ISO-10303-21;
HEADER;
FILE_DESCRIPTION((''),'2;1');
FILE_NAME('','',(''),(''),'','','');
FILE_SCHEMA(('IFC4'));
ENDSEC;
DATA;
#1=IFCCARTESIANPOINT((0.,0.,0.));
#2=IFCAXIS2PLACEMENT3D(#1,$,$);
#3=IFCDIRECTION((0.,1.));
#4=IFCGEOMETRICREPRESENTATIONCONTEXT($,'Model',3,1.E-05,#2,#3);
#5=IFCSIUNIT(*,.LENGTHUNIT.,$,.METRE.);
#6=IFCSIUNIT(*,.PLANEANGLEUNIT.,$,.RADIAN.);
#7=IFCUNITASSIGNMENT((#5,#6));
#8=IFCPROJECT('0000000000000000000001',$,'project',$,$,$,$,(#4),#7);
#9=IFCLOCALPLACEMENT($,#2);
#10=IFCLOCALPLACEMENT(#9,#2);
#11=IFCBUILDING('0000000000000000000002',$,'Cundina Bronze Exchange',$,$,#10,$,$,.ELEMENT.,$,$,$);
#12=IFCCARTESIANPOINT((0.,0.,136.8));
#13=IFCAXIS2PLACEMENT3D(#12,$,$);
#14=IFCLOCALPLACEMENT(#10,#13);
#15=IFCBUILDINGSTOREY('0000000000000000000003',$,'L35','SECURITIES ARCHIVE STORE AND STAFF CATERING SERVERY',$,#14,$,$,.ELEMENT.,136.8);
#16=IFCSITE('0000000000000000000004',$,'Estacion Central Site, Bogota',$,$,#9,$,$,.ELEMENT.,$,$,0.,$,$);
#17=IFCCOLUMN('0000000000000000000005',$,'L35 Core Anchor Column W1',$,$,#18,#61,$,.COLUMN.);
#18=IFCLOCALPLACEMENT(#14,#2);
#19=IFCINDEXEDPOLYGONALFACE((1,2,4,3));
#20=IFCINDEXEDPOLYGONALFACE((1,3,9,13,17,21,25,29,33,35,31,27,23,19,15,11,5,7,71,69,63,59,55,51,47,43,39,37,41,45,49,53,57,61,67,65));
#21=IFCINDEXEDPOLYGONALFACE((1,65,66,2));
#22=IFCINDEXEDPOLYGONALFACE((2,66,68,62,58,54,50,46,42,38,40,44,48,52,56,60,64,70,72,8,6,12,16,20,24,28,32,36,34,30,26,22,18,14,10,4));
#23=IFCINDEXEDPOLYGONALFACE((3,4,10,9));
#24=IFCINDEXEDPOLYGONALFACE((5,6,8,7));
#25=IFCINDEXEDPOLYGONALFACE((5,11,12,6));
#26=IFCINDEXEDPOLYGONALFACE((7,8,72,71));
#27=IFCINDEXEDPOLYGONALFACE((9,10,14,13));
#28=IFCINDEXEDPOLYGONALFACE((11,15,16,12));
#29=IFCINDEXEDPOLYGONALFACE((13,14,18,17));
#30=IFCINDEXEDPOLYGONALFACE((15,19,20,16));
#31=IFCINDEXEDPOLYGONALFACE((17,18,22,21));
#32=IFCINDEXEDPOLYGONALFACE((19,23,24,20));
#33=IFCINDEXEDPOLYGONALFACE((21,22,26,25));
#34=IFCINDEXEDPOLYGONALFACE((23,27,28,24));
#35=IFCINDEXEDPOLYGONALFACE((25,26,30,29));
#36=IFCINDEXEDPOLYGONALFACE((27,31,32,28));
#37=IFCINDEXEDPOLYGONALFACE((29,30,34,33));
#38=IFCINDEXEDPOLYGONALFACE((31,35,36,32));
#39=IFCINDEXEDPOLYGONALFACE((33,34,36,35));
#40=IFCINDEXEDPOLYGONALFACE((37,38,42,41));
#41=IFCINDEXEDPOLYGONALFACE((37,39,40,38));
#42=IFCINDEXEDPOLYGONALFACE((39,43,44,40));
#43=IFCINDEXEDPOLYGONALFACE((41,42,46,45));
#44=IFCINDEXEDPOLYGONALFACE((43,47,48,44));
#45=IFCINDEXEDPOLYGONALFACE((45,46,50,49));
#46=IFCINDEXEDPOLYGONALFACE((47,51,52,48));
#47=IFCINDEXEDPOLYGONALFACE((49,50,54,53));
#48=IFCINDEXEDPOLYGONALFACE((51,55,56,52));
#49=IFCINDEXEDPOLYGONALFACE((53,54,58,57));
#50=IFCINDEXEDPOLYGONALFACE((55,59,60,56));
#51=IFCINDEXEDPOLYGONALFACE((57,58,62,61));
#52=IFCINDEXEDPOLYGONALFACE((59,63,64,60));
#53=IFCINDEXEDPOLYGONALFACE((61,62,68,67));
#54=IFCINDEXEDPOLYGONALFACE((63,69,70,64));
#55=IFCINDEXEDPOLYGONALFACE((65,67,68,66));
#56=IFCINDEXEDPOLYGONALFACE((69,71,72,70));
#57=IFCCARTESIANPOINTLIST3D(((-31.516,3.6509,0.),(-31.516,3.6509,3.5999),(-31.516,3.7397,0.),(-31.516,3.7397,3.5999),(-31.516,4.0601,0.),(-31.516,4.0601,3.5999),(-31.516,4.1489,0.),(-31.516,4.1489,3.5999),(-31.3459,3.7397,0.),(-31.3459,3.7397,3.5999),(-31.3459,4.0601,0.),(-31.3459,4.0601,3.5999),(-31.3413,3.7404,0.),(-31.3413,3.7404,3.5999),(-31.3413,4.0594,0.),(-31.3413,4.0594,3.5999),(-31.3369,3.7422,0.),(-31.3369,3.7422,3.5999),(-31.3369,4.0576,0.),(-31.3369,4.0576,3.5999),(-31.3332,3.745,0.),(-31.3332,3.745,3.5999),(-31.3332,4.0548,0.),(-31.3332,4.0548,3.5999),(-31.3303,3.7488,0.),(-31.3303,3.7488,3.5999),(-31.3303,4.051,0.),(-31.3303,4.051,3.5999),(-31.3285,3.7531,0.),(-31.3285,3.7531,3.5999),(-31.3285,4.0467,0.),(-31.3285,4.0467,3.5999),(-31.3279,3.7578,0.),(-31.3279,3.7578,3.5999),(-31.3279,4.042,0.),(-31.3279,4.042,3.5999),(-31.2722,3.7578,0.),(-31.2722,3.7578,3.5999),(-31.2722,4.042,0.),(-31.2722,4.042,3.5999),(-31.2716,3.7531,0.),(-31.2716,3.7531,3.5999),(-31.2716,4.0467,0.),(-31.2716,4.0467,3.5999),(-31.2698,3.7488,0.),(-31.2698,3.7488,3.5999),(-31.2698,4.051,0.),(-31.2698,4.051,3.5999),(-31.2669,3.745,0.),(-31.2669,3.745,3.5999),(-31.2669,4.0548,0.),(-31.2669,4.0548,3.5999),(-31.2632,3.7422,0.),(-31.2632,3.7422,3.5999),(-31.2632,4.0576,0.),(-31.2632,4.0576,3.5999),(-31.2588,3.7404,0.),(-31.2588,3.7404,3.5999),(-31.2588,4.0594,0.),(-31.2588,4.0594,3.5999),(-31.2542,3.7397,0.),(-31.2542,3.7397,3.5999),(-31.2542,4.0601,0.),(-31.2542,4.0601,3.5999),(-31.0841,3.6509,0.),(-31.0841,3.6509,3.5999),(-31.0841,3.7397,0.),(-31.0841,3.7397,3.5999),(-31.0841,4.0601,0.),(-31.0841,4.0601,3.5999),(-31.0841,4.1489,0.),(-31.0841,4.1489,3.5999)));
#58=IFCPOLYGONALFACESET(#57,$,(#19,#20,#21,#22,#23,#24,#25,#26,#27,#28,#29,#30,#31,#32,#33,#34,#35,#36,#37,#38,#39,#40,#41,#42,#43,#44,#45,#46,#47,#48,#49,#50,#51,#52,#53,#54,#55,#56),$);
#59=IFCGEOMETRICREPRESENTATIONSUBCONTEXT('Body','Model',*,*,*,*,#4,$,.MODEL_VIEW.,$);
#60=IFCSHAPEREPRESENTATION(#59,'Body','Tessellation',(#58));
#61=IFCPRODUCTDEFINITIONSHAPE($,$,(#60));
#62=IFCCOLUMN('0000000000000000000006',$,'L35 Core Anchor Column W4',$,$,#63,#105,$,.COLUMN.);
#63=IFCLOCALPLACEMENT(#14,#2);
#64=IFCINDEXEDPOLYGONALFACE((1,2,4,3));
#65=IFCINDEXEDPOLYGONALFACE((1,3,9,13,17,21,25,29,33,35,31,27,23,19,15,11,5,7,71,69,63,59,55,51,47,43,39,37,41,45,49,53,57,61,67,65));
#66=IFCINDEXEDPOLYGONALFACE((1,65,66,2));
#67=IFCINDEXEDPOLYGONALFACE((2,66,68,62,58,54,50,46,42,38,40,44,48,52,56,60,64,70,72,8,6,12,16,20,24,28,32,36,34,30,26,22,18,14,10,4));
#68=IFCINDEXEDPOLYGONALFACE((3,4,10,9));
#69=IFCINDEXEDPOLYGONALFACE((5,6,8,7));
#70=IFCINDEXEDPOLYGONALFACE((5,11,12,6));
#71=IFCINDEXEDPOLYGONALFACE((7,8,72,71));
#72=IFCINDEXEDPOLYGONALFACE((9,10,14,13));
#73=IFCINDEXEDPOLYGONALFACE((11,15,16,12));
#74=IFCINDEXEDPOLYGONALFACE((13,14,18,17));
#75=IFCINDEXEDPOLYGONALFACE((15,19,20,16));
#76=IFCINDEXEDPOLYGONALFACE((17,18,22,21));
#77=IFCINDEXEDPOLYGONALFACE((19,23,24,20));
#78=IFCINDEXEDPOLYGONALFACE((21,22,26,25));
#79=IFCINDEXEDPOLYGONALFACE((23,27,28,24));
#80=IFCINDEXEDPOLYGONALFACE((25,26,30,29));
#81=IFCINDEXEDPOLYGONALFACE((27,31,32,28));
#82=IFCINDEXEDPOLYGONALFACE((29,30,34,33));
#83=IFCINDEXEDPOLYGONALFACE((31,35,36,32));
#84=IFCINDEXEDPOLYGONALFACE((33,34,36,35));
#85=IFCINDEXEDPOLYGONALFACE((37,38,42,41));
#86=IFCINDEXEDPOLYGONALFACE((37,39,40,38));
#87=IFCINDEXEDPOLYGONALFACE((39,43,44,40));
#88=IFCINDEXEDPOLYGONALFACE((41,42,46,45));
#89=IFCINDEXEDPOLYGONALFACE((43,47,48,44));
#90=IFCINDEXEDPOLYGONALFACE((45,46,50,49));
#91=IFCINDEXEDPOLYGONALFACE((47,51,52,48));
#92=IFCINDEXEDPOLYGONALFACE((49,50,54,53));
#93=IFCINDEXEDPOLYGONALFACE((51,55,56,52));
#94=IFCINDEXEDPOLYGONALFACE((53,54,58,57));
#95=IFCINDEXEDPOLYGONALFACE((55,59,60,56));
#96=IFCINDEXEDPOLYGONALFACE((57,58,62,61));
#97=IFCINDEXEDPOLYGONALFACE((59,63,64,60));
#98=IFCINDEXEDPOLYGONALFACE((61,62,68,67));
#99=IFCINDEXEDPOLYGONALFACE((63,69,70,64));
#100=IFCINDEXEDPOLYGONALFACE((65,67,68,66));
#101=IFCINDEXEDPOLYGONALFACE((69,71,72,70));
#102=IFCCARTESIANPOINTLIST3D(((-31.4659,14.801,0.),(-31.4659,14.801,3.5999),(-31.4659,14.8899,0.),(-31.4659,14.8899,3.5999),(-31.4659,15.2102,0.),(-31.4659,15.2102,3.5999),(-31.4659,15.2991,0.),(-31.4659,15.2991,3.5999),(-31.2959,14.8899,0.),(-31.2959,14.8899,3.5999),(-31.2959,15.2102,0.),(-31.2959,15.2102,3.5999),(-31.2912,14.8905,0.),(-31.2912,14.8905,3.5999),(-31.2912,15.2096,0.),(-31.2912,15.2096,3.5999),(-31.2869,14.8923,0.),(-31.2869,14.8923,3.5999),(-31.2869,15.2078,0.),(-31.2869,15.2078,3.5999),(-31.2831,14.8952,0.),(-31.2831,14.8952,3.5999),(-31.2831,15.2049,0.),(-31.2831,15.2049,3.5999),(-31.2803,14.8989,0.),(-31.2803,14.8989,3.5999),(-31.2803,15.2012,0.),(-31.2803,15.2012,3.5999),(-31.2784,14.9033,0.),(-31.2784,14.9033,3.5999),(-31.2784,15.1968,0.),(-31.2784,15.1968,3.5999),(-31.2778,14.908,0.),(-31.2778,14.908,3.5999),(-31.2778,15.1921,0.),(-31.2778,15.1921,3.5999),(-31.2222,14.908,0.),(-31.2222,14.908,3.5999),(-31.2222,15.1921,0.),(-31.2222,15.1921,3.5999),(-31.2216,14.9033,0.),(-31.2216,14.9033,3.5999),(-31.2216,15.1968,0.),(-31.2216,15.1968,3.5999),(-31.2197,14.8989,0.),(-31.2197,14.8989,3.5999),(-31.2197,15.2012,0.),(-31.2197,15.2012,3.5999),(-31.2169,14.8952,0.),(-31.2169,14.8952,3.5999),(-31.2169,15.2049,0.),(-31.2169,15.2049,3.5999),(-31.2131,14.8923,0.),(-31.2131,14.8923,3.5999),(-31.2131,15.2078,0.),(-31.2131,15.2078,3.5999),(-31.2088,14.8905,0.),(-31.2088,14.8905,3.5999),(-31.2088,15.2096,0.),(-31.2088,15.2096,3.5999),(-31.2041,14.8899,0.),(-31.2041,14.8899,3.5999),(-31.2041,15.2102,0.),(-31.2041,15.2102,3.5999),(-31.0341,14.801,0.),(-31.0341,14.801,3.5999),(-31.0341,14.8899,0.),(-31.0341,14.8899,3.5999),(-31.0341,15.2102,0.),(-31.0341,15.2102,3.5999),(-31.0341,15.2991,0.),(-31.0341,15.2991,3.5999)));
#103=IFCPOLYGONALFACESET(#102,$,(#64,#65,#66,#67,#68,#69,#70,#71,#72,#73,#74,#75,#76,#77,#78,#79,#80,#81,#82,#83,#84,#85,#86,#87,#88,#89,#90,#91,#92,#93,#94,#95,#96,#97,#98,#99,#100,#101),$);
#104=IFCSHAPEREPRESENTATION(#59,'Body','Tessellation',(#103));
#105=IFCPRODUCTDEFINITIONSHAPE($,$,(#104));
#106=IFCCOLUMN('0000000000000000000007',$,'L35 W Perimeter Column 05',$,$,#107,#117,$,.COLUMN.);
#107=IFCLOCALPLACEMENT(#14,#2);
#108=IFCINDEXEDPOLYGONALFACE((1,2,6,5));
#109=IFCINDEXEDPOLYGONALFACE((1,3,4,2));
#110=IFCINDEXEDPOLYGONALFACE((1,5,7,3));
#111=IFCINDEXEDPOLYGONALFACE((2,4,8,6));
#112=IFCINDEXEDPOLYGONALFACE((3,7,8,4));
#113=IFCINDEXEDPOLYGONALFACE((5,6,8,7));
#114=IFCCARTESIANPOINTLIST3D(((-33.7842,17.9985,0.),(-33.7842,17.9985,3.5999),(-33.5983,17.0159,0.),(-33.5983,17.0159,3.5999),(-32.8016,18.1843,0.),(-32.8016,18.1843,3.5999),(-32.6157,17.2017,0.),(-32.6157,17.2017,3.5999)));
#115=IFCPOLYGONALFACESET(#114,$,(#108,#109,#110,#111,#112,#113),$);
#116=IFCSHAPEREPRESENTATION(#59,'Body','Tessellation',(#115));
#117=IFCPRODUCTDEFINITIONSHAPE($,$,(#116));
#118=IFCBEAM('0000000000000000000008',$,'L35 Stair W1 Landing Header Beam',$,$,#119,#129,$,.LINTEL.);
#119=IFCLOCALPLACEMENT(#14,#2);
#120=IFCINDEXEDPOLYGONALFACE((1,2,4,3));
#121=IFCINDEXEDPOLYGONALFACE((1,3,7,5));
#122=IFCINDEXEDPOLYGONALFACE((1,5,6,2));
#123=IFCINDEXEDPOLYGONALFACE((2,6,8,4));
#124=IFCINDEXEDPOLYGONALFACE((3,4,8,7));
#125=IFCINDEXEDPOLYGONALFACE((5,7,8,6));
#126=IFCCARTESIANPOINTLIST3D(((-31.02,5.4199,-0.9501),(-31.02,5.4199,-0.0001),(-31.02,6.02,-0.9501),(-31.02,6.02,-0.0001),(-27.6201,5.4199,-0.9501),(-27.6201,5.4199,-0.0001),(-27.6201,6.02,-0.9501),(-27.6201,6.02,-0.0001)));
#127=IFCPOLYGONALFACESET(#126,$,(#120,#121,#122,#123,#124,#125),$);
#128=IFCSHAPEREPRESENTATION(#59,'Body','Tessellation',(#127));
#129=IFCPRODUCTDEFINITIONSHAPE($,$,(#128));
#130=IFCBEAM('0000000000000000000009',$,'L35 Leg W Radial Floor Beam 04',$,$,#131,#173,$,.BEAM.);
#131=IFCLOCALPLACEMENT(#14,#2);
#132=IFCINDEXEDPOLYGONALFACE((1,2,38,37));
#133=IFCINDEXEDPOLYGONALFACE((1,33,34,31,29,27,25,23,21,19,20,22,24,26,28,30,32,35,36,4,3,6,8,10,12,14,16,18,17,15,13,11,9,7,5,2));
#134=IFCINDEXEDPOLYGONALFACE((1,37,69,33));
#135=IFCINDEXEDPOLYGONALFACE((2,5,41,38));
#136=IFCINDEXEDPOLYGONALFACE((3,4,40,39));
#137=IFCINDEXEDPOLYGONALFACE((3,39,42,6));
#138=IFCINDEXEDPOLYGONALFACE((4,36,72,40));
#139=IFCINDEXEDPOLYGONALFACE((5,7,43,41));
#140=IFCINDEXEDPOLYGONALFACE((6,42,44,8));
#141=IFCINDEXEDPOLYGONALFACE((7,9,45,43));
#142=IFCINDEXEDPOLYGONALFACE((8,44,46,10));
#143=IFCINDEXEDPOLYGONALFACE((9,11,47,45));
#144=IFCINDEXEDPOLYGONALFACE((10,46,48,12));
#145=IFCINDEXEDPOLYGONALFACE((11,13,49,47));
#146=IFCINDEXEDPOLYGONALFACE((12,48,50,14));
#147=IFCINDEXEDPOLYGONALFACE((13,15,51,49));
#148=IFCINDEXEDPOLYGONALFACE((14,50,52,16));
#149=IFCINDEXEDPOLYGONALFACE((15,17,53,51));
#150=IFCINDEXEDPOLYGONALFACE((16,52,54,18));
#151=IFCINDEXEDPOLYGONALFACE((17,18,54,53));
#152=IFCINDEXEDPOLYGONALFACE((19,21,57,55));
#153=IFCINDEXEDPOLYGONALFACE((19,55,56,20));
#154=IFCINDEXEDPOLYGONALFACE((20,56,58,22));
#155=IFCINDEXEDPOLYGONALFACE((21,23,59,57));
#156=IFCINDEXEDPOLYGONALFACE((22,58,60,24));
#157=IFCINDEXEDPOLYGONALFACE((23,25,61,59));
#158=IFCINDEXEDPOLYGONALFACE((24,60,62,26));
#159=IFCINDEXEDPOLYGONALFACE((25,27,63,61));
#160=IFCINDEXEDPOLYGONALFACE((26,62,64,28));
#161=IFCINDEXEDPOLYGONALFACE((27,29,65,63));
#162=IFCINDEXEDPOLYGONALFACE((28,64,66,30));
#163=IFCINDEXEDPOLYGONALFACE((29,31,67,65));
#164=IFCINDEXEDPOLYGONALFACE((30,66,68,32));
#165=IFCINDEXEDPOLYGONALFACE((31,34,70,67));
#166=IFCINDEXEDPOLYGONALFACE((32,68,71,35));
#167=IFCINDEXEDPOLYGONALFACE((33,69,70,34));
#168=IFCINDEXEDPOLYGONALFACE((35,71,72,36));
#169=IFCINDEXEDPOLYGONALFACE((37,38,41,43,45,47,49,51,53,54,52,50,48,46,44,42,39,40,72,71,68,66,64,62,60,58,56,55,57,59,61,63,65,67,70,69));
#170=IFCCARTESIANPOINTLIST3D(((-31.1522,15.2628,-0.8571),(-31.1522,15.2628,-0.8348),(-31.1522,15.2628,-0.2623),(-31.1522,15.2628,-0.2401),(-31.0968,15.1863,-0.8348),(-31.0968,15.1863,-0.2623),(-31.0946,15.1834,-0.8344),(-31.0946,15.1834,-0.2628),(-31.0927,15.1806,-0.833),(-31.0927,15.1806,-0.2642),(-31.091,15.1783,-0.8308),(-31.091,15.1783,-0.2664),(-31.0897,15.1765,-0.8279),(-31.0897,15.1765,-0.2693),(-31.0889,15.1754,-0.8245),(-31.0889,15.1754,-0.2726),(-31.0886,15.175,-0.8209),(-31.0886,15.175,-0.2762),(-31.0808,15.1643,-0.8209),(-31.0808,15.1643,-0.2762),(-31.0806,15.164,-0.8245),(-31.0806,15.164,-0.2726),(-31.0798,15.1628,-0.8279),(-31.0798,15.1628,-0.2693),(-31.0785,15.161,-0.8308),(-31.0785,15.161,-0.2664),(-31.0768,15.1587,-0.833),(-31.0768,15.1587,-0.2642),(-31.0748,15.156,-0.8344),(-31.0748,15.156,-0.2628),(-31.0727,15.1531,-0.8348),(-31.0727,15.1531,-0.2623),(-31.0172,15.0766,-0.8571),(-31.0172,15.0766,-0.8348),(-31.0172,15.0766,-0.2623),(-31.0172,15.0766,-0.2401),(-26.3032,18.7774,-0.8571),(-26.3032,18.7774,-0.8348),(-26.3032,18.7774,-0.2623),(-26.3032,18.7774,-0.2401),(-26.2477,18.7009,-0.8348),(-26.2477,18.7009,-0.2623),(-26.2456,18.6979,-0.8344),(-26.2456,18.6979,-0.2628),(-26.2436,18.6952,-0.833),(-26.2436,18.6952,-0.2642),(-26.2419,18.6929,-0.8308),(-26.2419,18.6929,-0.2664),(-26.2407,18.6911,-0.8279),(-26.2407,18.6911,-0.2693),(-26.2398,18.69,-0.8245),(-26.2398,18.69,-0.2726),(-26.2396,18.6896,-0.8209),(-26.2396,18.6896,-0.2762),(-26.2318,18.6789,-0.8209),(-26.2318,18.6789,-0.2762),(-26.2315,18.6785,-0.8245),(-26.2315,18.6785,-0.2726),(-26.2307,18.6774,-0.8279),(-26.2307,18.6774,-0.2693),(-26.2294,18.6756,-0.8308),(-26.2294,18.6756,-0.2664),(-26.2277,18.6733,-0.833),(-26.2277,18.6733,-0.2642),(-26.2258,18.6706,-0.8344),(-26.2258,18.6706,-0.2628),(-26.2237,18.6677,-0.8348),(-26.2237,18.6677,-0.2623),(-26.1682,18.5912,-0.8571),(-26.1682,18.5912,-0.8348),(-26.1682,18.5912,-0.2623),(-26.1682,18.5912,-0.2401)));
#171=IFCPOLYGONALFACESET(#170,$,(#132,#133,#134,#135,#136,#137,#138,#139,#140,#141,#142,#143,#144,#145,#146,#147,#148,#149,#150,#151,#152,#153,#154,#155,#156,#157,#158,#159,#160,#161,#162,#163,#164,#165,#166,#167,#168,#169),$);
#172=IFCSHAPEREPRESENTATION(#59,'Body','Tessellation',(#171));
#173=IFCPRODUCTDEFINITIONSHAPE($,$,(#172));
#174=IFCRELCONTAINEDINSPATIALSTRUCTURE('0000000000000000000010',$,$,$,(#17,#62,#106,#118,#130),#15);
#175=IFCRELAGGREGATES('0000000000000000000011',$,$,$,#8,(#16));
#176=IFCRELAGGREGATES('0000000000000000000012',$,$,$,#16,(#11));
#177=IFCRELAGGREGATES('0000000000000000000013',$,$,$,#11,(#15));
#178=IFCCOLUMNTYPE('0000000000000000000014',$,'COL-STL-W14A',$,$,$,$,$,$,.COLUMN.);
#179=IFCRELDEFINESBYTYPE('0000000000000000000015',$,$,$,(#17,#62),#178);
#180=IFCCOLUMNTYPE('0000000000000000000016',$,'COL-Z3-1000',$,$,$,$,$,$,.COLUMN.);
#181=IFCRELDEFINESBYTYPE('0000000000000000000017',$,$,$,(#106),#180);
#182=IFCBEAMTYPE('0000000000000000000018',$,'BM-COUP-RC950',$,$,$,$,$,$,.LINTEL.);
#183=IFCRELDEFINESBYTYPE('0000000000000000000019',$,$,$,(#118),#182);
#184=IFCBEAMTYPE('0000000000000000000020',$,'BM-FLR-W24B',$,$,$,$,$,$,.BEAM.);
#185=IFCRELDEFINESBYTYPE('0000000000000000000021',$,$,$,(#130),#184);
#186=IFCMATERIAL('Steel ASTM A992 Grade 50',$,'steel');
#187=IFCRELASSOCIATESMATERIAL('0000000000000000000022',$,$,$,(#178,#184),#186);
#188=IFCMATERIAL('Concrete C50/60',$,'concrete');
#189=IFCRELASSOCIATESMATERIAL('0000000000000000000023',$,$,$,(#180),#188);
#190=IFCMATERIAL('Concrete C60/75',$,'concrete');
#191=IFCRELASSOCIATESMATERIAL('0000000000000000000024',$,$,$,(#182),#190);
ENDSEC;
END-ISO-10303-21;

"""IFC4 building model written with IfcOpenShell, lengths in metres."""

from ifc_helpers import new_model, si_unit, direction, frame, origin, origin_2d, place, context, subcontext, project, spatial, rectangle, i_section, extrude, material, material_profile, profile_set, type_object, element, save


model = new_model("IFC4")

# Units and contexts
model_context = context("Model", 3, precision=1e-05, world=origin(), true_north=direction((0.0, 1.0)))
body_context = subcontext(model_context, "Body", "Model", "MODEL_VIEW")
ifc_project = project(units=[si_unit("LENGTHUNIT", "METRE"), si_unit("PLANEANGLEUNIT", "RADIAN")], contexts=[model_context])

# Site, building, storey
site_placement = place(None, origin())
site = spatial("IfcSite", under=ifc_project, at=site_placement, Name="Estacion Central Site, Bogota", CompositionType="ELEMENT", RefElevation=0.0)
building_placement = place(site_placement, origin())
building = spatial("IfcBuilding", under=site, at=building_placement, Name="Cundina Bronze Exchange", CompositionType="ELEMENT")
storey_placement = place(building_placement, frame((0.0, 0.0, 136.8)))
storey = spatial("IfcBuildingStorey", under=building, at=storey_placement, Name="L35", Description="SECURITIES ARCHIVE STORE AND STAFF CATERING SERVERY", CompositionType="ELEMENT", Elevation=136.8)

# Columns
ifc_material_1 = material(Name="Steel ASTM A992 Grade 50", Category="steel")
ifc_material_profile_1 = material_profile(ifc_material_1, i_section(OverallWidth=0.4319, OverallDepth=0.498, WebThickness=0.0557, FlangeThickness=0.0889, FilletRadius=0.0181, at=origin_2d()), Name="W14X500", Category="steel")
ifc_profile_set_1 = profile_set([ifc_material_profile_1], Name="Steel ASTM A992 Grade 50")
column_type_1 = type_object("IfcColumnType", Name="COL-STL-W14A", PredefinedType="COLUMN", material=ifc_profile_set_1)
for number, where, z_axis, x_axis, name in (
    (1, (-31.3, 3.8999, 0.0), (0.0, 0.0, 1.0), (1.0, 0.0, 0.0), "L35 Core Anchor Column W1"),
    (2, (-31.25, 15.05, 0.0), (0.0, 0.0, 1.0), (1.0, 0.0, 0.0), "L35 Core Anchor Column W4"),
):
    element("IfcColumn", number, at=place(storey_placement, frame(where, z_axis=z_axis, x_axis=x_axis)), inside=storey, type_object=column_type_1, Name=name, PredefinedType="COLUMN", context=body_context, shape_type="SweptSolid", body=[
        extrude(i_section(OverallWidth=0.4319, OverallDepth=0.498, WebThickness=0.0557, FlangeThickness=0.0889, FilletRadius=0.0181, at=origin_2d()), origin(), (0.0, 0.0, 1.0), 3.5999),
    ])
ifc_material_2 = material(Name="Concrete C50/60", Category="concrete")
ifc_material_profile_2 = material_profile(ifc_material_2, rectangle(XDim=1.0, YDim=1.0, at=origin_2d()), Name="RC1000X1000", Category="concrete")
ifc_profile_set_2 = profile_set([ifc_material_profile_2], Name="Concrete C50/60")
column_type_2 = type_object("IfcColumnType", Name="COL-Z3-1000", PredefinedType="COLUMN", material=ifc_profile_set_2)
column_placement = place(storey_placement, frame((-33.2, 17.6001, 0.0), z_axis=(0.0, 0.0, 1.0), x_axis=(-0.98258, -0.185838, 0.0)))
element("IfcColumn", 3, at=column_placement, inside=storey, type_object=column_type_2, Name="L35 W Perimeter Column 05", PredefinedType="COLUMN", context=body_context, shape_type="SweptSolid", body=[
    extrude(rectangle(XDim=1.0, YDim=1.0, at=origin_2d()), origin(), (0.0, 0.0, 1.0), 3.5999),
])

# Beams
ifc_material_3 = material(Name="Concrete C60/75", Category="concrete")
ifc_material_profile_3 = material_profile(ifc_material_3, rectangle(XDim=0.6001, YDim=0.95, at=origin_2d()), Name="RC600X950", Category="concrete")
ifc_profile_set_3 = profile_set([ifc_material_profile_3], Name="Concrete C60/75")
beam_type_1 = type_object("IfcBeamType", Name="BM-COUP-RC950", PredefinedType="LINTEL", material=ifc_profile_set_3)
beam_1_placement = place(storey_placement, frame((-31.02, 5.72, -0.4751), z_axis=(1.0, 0.0, 0.0), x_axis=(0.0, 1.0, 0.0)))
element("IfcBeam", 4, at=beam_1_placement, inside=storey, type_object=beam_type_1, Name="L35 Stair W1 Landing Header Beam", PredefinedType="LINTEL", context=body_context, shape_type="SweptSolid", body=[
    extrude(rectangle(XDim=0.6001, YDim=0.95, at=origin_2d()), origin(), (0.0, 0.0, 1.0), 3.3999),
])
ifc_material_profile_4 = material_profile(ifc_material_1, i_section(OverallWidth=0.23, OverallDepth=0.6169, WebThickness=0.0132, FlangeThickness=0.0222, FilletRadius=0.0139, at=origin_2d()), Name="W24X94", Category="steel")
ifc_profile_set_4 = profile_set([ifc_material_profile_4], Name="Steel ASTM A992 Grade 50")
beam_type_2 = type_object("IfcBeamType", Name="BM-FLR-W24B", PredefinedType="BEAM", material=ifc_profile_set_4)
beam_2_placement = place(storey_placement, frame((-31.0847, 15.1697, -0.5486), z_axis=(0.809687, 0.586862, 0.0), x_axis=(-0.586862, 0.809687, 0.0)))
element("IfcBeam", 5, at=beam_2_placement, inside=storey, type_object=beam_type_2, Name="L35 Leg W Radial Floor Beam 04", PredefinedType="BEAM", context=body_context, shape_type="SweptSolid", body=[
    extrude(i_section(OverallWidth=0.23, OverallDepth=0.6169, WebThickness=0.0132, FlangeThickness=0.0222, FilletRadius=0.0139, at=origin_2d()), origin(), (0.0, 0.0, 1.0), 5.9888),
])

save(model, "model.ifc")
